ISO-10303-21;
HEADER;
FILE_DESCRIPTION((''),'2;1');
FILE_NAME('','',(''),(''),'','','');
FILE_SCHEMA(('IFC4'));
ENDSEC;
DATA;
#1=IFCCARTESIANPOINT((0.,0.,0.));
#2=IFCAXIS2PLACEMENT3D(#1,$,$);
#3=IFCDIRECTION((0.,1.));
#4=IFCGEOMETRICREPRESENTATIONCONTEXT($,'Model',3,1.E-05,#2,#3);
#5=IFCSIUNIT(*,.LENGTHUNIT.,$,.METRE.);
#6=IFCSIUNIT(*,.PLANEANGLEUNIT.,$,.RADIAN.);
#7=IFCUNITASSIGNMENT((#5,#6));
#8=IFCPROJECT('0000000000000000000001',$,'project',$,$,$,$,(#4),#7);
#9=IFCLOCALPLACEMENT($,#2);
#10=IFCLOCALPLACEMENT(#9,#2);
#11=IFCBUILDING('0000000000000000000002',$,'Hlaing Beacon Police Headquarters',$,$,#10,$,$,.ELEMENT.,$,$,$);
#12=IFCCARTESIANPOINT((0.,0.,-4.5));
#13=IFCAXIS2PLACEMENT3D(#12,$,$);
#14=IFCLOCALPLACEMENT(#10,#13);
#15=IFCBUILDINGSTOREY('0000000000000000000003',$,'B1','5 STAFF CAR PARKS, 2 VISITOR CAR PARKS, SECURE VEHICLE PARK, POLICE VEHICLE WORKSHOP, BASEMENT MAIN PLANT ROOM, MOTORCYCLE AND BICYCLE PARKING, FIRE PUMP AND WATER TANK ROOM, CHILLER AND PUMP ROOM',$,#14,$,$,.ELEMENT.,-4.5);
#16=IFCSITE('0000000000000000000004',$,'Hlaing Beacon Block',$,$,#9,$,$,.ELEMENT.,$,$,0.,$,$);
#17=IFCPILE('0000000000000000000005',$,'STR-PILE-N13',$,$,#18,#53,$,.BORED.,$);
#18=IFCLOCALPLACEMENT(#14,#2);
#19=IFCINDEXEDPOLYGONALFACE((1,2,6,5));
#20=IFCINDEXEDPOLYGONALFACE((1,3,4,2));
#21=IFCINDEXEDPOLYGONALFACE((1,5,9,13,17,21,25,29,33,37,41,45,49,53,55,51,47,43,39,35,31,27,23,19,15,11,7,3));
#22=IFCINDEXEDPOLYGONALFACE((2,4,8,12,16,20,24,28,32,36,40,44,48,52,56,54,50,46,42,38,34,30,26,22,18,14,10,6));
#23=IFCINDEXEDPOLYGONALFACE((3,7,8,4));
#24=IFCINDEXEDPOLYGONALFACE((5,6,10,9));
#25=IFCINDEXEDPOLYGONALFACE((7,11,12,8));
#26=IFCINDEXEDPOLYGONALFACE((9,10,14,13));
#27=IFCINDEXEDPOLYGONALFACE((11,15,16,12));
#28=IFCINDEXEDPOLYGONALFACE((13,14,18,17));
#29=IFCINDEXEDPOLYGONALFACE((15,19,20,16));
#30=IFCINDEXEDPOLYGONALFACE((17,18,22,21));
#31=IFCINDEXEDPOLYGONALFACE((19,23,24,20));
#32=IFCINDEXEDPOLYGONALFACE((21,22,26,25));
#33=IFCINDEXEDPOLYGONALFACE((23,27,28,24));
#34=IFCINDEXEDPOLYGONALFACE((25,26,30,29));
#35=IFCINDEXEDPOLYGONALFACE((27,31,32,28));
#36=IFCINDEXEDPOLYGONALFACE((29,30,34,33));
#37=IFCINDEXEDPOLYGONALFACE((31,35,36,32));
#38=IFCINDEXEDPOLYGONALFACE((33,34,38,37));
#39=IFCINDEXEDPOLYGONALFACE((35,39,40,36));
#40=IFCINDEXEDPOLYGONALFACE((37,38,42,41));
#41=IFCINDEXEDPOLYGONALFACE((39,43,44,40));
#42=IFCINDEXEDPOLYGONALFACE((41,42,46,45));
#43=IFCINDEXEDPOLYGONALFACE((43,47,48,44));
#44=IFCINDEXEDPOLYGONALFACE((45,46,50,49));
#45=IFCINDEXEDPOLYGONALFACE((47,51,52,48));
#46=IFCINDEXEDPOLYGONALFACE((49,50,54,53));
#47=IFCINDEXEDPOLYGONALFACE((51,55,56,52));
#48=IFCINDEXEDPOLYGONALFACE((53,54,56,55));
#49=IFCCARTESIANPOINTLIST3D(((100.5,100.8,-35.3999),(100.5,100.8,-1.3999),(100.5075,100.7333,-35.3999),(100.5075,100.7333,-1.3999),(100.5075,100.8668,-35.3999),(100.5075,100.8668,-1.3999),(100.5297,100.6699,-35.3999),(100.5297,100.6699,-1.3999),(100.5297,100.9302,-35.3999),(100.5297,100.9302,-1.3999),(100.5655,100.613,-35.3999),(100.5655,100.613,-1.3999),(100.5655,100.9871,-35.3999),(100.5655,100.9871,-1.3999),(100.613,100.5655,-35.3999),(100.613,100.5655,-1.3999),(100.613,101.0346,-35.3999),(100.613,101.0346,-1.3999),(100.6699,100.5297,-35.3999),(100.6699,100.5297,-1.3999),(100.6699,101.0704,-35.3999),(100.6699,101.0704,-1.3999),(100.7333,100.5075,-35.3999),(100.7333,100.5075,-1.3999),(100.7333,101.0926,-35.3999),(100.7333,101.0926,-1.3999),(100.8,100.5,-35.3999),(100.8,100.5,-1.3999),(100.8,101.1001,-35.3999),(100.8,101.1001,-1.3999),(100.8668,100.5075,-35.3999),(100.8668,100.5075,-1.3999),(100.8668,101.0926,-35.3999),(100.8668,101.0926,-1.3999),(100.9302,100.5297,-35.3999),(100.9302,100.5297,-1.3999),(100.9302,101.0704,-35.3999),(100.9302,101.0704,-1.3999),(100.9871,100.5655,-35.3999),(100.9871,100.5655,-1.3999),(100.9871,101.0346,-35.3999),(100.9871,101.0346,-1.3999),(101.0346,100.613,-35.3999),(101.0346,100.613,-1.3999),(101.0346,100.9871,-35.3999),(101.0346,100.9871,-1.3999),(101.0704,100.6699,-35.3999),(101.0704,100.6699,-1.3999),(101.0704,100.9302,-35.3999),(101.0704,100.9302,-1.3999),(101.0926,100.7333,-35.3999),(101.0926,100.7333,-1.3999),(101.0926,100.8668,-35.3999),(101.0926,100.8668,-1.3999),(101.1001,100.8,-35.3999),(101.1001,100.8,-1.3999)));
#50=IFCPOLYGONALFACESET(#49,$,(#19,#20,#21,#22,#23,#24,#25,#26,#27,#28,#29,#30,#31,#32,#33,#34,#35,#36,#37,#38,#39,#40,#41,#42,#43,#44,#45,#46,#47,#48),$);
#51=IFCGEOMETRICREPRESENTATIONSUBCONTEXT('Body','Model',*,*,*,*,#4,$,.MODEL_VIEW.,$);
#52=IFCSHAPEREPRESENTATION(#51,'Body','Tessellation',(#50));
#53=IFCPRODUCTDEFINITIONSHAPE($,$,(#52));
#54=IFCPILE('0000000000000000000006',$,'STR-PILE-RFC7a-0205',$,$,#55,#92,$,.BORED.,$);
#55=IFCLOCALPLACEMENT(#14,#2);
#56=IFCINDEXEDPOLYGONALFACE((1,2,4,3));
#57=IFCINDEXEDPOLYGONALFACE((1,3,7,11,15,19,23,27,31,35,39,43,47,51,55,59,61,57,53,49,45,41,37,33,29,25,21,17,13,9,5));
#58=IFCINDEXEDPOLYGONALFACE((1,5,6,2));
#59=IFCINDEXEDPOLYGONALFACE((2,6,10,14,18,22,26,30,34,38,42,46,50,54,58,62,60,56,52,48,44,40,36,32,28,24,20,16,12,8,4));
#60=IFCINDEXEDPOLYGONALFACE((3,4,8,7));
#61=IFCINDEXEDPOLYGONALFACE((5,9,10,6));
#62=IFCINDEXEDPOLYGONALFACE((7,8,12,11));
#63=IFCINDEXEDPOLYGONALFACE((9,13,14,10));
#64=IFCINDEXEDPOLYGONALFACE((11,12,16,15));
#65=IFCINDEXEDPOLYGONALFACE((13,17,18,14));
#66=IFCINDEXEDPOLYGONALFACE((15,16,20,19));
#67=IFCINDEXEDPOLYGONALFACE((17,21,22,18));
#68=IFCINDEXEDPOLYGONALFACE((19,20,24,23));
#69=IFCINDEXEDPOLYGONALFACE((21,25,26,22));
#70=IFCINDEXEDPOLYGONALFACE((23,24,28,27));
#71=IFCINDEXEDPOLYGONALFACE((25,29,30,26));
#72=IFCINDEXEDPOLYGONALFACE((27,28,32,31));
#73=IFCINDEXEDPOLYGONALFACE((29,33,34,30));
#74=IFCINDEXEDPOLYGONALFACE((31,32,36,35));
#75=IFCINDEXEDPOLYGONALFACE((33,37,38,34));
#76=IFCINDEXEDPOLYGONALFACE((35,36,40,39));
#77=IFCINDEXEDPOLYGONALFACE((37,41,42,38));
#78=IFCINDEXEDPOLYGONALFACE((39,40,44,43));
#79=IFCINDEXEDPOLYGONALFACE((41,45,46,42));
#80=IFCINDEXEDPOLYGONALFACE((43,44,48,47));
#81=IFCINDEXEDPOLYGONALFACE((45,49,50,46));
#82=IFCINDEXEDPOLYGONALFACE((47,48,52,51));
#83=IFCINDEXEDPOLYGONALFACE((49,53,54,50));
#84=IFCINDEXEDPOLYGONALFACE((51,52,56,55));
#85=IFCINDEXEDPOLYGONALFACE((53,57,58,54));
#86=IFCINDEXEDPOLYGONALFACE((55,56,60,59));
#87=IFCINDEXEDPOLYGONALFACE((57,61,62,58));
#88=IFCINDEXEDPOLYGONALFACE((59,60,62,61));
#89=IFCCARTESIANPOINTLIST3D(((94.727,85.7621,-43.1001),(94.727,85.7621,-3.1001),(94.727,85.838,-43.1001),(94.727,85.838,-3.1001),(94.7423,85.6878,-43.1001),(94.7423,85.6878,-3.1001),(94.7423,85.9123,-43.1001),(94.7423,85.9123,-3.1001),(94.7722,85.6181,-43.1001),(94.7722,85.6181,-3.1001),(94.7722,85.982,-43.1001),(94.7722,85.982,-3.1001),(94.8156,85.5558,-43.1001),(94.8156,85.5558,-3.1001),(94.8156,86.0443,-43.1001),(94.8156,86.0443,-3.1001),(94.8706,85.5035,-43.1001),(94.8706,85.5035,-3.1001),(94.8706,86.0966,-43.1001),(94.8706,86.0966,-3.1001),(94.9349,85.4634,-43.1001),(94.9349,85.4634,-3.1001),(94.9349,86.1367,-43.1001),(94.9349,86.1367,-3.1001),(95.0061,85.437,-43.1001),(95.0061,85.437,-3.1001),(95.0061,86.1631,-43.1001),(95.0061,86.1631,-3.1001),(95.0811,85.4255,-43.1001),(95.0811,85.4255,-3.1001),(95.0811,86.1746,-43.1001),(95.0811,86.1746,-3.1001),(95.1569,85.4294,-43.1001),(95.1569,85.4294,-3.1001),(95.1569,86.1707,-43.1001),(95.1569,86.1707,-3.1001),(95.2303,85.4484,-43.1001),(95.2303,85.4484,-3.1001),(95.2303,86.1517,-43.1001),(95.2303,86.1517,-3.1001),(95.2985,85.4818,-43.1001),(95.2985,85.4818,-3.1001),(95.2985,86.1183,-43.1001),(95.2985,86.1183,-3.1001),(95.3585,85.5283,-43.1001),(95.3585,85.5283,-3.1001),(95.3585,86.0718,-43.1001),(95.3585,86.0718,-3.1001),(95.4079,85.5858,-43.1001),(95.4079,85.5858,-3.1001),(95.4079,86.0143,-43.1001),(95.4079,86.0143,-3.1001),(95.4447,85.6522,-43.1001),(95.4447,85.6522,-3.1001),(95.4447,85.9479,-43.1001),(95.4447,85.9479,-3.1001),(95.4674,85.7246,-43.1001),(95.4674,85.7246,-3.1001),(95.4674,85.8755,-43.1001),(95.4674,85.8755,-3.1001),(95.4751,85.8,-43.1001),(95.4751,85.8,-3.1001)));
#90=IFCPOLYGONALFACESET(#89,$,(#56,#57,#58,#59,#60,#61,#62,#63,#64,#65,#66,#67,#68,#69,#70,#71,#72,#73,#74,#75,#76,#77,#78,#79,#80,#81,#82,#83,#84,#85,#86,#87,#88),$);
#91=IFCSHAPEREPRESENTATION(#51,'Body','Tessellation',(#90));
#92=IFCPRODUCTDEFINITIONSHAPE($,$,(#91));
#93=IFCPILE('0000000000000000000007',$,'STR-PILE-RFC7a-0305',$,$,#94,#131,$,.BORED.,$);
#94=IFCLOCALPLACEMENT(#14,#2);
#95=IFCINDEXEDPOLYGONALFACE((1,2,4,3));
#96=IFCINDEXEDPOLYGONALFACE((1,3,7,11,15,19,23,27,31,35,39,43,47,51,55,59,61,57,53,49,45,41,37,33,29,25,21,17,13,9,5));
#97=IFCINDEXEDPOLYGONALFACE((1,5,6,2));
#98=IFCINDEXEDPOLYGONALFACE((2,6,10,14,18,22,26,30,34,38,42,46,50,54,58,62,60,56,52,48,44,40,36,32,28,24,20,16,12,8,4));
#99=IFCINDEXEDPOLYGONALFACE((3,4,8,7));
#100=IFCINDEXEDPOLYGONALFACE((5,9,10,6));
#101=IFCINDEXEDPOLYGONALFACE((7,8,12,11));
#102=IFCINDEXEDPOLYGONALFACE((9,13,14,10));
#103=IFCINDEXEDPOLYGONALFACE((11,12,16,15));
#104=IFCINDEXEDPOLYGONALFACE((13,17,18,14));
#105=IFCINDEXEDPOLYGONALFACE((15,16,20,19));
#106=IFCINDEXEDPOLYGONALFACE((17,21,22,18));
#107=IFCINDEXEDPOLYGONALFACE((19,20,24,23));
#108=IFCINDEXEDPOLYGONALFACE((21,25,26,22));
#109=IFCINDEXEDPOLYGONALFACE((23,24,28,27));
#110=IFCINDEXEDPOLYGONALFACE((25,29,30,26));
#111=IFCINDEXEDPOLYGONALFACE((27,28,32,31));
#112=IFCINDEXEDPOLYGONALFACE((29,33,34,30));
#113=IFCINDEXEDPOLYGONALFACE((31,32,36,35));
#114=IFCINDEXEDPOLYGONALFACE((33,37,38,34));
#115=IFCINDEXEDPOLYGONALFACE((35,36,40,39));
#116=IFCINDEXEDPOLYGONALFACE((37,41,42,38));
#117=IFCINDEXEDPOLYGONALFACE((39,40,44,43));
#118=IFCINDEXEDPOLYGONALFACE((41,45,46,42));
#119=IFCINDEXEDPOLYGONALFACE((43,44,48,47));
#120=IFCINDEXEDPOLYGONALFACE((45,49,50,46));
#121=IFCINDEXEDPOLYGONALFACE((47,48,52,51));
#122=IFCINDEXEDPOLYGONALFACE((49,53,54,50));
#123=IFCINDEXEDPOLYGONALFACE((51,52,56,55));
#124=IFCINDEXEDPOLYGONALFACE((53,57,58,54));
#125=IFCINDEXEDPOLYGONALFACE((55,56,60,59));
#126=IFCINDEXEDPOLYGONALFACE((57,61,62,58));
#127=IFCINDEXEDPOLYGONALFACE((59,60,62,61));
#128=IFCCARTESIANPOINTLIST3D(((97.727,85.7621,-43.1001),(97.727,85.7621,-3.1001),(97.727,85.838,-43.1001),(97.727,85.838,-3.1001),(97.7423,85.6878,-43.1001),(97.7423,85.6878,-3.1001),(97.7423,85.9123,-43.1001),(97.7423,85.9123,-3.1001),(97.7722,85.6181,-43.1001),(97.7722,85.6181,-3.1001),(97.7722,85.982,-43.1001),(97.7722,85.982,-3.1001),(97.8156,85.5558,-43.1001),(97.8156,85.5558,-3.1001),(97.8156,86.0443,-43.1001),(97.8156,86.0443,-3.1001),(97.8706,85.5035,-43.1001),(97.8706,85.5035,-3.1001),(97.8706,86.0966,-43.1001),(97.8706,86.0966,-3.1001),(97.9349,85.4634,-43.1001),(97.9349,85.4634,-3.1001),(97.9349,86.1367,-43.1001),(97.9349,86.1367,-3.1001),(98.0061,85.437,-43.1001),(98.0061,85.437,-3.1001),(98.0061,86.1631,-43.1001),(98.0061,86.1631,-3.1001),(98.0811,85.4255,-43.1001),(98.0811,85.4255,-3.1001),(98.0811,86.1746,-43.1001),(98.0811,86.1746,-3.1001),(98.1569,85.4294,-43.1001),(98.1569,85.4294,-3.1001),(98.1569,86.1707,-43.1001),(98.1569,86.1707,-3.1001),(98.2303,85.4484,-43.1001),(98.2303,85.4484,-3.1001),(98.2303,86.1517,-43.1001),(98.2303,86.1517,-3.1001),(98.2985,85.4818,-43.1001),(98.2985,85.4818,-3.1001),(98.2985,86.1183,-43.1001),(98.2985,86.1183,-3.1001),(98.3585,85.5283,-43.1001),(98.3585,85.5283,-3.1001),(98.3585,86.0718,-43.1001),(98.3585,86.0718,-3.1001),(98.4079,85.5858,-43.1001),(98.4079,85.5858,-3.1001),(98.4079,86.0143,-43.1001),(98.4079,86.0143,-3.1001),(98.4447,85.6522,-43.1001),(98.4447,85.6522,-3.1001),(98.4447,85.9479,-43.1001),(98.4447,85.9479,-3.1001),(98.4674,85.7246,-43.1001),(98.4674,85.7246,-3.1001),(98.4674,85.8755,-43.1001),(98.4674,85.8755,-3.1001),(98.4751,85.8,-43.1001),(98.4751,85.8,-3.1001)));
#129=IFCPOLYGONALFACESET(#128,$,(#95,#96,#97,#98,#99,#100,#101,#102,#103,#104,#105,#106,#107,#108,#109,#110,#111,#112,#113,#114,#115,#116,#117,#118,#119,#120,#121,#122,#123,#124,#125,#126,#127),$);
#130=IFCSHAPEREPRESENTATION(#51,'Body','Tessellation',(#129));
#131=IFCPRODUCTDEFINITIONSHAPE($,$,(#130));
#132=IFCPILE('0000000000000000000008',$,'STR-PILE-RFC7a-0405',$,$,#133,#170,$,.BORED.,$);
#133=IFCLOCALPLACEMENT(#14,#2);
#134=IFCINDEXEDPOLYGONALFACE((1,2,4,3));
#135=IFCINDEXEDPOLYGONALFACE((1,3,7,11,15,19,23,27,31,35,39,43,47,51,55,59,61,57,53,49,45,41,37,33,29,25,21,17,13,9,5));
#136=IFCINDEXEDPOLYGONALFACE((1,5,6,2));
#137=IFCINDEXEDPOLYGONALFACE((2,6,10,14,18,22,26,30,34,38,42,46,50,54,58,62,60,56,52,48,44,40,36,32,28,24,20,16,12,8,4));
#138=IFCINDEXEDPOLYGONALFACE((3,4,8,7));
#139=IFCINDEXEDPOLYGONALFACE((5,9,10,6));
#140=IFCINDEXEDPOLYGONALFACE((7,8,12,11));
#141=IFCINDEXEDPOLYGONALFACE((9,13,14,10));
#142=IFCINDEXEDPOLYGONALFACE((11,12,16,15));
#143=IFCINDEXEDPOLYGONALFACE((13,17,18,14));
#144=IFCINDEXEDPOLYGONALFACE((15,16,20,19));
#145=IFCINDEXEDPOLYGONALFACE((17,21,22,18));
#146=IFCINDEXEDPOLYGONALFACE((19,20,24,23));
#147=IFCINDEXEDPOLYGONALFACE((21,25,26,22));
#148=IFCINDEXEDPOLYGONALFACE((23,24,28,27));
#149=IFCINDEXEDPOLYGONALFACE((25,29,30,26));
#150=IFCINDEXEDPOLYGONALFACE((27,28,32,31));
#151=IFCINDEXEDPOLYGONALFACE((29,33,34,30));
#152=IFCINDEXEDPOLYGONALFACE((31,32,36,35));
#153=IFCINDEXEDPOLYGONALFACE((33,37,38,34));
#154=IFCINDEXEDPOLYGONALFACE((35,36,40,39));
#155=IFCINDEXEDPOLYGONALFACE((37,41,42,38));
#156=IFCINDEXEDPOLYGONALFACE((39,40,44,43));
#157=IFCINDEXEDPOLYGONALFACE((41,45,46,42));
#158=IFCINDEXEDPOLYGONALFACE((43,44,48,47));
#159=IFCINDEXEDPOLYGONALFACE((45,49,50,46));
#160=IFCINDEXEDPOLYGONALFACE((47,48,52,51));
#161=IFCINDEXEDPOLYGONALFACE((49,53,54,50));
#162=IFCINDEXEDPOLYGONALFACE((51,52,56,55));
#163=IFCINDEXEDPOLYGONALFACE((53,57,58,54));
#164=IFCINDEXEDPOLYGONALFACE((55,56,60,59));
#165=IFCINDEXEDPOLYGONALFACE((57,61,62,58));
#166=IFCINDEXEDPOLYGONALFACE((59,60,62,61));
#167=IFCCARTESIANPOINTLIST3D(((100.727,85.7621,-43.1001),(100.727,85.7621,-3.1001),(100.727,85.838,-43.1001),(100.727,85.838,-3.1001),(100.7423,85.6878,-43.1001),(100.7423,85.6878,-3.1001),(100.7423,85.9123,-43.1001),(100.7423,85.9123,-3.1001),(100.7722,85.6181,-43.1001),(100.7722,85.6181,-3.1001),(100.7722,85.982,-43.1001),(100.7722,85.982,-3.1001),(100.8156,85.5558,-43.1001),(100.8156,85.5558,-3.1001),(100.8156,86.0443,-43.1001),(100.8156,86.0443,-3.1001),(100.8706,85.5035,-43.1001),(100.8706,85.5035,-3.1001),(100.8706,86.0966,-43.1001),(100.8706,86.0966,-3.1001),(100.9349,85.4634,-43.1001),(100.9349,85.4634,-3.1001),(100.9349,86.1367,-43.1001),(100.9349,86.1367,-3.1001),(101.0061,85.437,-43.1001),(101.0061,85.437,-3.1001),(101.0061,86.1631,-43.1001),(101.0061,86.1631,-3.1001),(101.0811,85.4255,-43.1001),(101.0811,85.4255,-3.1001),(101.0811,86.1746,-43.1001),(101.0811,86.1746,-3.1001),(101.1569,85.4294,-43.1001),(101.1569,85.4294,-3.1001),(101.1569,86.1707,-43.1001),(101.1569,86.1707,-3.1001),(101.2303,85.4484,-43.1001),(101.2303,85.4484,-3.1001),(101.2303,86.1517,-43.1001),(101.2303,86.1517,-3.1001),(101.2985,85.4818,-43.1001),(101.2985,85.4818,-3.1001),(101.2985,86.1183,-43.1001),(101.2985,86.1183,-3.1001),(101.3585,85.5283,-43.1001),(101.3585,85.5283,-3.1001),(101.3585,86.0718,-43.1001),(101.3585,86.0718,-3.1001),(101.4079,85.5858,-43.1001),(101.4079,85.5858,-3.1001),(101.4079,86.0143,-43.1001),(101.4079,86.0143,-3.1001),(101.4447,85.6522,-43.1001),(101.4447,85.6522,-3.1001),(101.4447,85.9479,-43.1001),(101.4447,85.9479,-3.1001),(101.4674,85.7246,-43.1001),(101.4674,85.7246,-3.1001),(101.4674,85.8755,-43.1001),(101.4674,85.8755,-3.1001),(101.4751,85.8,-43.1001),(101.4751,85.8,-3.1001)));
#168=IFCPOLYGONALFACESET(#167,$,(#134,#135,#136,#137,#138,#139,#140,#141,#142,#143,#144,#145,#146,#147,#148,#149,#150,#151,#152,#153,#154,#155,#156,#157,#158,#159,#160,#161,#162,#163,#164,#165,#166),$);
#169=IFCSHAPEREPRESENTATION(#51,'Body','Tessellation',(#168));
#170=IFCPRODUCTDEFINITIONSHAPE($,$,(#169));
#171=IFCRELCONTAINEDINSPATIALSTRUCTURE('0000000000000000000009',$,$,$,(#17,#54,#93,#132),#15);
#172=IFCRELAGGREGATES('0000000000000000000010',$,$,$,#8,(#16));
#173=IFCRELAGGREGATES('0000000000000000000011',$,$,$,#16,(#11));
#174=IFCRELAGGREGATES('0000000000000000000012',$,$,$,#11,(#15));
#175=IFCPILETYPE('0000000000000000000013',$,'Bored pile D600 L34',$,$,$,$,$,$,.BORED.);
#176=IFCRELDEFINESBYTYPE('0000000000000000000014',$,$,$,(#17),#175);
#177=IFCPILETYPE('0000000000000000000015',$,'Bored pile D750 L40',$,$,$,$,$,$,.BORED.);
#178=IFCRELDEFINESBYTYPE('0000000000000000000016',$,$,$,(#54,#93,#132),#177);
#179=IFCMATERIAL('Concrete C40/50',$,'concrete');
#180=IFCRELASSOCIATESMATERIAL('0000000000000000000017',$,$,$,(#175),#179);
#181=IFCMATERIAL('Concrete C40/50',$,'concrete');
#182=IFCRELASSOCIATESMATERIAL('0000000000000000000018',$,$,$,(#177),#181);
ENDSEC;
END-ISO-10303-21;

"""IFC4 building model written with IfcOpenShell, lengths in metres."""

from ifc_helpers import new_model, si_unit, direction, frame, origin, origin_2d, place, context, subcontext, project, spatial, circle, extrude, material, material_profile, profile_set, type_object, element, save


model = new_model("IFC4")

# Units and contexts
model_context = context("Model", 3, precision=1e-05, world=origin(), true_north=direction((0.0, 1.0)))
body_context = subcontext(model_context, "Body", "Model", "MODEL_VIEW")
ifc_project = project(units=[si_unit("LENGTHUNIT", "METRE"), si_unit("PLANEANGLEUNIT", "RADIAN")], contexts=[model_context])

# Site, building, storey
site_placement = place(None, origin())
site = spatial("IfcSite", under=ifc_project, at=site_placement, Name="Hlaing Beacon Block", CompositionType="ELEMENT", RefElevation=0.0)
building_placement = place(site_placement, origin())
building = spatial("IfcBuilding", under=site, at=building_placement, Name="Hlaing Beacon Police Headquarters", CompositionType="ELEMENT")
storey_placement = place(building_placement, frame((0.0, 0.0, -4.5)))
storey = spatial("IfcBuildingStorey", under=building, at=storey_placement, Name="B1", Description="5 STAFF CAR PARKS, 2 VISITOR CAR PARKS, SECURE VEHICLE PARK, POLICE VEHICLE WORKSHOP, BASEMENT MAIN PLANT ROOM, MOTORCYCLE AND BICYCLE PARKING, FIRE PUMP AND WATER TANK ROOM, CHILLER AND PUMP ROOM", CompositionType="ELEMENT", Elevation=-4.5)

# Piles
ifc_material_1 = material(Name="Concrete C40/50", Category="concrete")
ifc_material_profile_1 = material_profile(ifc_material_1, circle(Radius=0.3, at=origin_2d()), Name="D600")
ifc_profile_set_1 = profile_set([ifc_material_profile_1], Name="Concrete C40/50")
pile_type_1 = type_object("IfcPileType", Name="Bored pile D600 L34", PredefinedType="BORED", material=ifc_profile_set_1)
pile_placement = place(storey_placement, frame((100.8, 100.8, -1.3999), z_axis=(0.0, 0.0, -1.0), x_axis=(1.0, 0.0, 0.0)))
element("IfcPile", 1, at=pile_placement, inside=storey, type_object=pile_type_1, Name="STR-PILE-N13", PredefinedType="BORED", context=body_context, shape_type="SweptSolid", body=[
    extrude(circle(Radius=0.3, at=origin_2d()), origin(), (0.0, 0.0, 1.0), 34.0),
])
ifc_material_2 = material(Name="Concrete C40/50", Category="concrete")
ifc_material_profile_2 = material_profile(ifc_material_2, circle(Radius=0.375, at=origin_2d()), Name="D750")
ifc_profile_set_2 = profile_set([ifc_material_profile_2], Name="Concrete C40/50")
pile_type_2 = type_object("IfcPileType", Name="Bored pile D750 L40", PredefinedType="BORED", material=ifc_profile_set_2)
for number, where, z_axis, x_axis, name in (
    (2, (95.1001, 85.8, -3.1001), (0.0, 0.0, -1.0), (1.0, 0.0, 0.0), "STR-PILE-RFC7a-0205"),
    (3, (98.1001, 85.8, -3.1001), (0.0, 0.0, -1.0), (1.0, 0.0, 0.0), "STR-PILE-RFC7a-0305"),
    (4, (101.1001, 85.8, -3.1001), (0.0, 0.0, -1.0), (1.0, 0.0, 0.0), "STR-PILE-RFC7a-0405"),
):
    element("IfcPile", number, at=place(storey_placement, frame(where, z_axis=z_axis, x_axis=x_axis)), inside=storey, type_object=pile_type_2, Name=name, PredefinedType="BORED", context=body_context, shape_type="SweptSolid", body=[
        extrude(circle(Radius=0.375, at=origin_2d()), origin(), (0.0, 0.0, 1.0), 40.0),
    ])

save(model, "model.ifc")
